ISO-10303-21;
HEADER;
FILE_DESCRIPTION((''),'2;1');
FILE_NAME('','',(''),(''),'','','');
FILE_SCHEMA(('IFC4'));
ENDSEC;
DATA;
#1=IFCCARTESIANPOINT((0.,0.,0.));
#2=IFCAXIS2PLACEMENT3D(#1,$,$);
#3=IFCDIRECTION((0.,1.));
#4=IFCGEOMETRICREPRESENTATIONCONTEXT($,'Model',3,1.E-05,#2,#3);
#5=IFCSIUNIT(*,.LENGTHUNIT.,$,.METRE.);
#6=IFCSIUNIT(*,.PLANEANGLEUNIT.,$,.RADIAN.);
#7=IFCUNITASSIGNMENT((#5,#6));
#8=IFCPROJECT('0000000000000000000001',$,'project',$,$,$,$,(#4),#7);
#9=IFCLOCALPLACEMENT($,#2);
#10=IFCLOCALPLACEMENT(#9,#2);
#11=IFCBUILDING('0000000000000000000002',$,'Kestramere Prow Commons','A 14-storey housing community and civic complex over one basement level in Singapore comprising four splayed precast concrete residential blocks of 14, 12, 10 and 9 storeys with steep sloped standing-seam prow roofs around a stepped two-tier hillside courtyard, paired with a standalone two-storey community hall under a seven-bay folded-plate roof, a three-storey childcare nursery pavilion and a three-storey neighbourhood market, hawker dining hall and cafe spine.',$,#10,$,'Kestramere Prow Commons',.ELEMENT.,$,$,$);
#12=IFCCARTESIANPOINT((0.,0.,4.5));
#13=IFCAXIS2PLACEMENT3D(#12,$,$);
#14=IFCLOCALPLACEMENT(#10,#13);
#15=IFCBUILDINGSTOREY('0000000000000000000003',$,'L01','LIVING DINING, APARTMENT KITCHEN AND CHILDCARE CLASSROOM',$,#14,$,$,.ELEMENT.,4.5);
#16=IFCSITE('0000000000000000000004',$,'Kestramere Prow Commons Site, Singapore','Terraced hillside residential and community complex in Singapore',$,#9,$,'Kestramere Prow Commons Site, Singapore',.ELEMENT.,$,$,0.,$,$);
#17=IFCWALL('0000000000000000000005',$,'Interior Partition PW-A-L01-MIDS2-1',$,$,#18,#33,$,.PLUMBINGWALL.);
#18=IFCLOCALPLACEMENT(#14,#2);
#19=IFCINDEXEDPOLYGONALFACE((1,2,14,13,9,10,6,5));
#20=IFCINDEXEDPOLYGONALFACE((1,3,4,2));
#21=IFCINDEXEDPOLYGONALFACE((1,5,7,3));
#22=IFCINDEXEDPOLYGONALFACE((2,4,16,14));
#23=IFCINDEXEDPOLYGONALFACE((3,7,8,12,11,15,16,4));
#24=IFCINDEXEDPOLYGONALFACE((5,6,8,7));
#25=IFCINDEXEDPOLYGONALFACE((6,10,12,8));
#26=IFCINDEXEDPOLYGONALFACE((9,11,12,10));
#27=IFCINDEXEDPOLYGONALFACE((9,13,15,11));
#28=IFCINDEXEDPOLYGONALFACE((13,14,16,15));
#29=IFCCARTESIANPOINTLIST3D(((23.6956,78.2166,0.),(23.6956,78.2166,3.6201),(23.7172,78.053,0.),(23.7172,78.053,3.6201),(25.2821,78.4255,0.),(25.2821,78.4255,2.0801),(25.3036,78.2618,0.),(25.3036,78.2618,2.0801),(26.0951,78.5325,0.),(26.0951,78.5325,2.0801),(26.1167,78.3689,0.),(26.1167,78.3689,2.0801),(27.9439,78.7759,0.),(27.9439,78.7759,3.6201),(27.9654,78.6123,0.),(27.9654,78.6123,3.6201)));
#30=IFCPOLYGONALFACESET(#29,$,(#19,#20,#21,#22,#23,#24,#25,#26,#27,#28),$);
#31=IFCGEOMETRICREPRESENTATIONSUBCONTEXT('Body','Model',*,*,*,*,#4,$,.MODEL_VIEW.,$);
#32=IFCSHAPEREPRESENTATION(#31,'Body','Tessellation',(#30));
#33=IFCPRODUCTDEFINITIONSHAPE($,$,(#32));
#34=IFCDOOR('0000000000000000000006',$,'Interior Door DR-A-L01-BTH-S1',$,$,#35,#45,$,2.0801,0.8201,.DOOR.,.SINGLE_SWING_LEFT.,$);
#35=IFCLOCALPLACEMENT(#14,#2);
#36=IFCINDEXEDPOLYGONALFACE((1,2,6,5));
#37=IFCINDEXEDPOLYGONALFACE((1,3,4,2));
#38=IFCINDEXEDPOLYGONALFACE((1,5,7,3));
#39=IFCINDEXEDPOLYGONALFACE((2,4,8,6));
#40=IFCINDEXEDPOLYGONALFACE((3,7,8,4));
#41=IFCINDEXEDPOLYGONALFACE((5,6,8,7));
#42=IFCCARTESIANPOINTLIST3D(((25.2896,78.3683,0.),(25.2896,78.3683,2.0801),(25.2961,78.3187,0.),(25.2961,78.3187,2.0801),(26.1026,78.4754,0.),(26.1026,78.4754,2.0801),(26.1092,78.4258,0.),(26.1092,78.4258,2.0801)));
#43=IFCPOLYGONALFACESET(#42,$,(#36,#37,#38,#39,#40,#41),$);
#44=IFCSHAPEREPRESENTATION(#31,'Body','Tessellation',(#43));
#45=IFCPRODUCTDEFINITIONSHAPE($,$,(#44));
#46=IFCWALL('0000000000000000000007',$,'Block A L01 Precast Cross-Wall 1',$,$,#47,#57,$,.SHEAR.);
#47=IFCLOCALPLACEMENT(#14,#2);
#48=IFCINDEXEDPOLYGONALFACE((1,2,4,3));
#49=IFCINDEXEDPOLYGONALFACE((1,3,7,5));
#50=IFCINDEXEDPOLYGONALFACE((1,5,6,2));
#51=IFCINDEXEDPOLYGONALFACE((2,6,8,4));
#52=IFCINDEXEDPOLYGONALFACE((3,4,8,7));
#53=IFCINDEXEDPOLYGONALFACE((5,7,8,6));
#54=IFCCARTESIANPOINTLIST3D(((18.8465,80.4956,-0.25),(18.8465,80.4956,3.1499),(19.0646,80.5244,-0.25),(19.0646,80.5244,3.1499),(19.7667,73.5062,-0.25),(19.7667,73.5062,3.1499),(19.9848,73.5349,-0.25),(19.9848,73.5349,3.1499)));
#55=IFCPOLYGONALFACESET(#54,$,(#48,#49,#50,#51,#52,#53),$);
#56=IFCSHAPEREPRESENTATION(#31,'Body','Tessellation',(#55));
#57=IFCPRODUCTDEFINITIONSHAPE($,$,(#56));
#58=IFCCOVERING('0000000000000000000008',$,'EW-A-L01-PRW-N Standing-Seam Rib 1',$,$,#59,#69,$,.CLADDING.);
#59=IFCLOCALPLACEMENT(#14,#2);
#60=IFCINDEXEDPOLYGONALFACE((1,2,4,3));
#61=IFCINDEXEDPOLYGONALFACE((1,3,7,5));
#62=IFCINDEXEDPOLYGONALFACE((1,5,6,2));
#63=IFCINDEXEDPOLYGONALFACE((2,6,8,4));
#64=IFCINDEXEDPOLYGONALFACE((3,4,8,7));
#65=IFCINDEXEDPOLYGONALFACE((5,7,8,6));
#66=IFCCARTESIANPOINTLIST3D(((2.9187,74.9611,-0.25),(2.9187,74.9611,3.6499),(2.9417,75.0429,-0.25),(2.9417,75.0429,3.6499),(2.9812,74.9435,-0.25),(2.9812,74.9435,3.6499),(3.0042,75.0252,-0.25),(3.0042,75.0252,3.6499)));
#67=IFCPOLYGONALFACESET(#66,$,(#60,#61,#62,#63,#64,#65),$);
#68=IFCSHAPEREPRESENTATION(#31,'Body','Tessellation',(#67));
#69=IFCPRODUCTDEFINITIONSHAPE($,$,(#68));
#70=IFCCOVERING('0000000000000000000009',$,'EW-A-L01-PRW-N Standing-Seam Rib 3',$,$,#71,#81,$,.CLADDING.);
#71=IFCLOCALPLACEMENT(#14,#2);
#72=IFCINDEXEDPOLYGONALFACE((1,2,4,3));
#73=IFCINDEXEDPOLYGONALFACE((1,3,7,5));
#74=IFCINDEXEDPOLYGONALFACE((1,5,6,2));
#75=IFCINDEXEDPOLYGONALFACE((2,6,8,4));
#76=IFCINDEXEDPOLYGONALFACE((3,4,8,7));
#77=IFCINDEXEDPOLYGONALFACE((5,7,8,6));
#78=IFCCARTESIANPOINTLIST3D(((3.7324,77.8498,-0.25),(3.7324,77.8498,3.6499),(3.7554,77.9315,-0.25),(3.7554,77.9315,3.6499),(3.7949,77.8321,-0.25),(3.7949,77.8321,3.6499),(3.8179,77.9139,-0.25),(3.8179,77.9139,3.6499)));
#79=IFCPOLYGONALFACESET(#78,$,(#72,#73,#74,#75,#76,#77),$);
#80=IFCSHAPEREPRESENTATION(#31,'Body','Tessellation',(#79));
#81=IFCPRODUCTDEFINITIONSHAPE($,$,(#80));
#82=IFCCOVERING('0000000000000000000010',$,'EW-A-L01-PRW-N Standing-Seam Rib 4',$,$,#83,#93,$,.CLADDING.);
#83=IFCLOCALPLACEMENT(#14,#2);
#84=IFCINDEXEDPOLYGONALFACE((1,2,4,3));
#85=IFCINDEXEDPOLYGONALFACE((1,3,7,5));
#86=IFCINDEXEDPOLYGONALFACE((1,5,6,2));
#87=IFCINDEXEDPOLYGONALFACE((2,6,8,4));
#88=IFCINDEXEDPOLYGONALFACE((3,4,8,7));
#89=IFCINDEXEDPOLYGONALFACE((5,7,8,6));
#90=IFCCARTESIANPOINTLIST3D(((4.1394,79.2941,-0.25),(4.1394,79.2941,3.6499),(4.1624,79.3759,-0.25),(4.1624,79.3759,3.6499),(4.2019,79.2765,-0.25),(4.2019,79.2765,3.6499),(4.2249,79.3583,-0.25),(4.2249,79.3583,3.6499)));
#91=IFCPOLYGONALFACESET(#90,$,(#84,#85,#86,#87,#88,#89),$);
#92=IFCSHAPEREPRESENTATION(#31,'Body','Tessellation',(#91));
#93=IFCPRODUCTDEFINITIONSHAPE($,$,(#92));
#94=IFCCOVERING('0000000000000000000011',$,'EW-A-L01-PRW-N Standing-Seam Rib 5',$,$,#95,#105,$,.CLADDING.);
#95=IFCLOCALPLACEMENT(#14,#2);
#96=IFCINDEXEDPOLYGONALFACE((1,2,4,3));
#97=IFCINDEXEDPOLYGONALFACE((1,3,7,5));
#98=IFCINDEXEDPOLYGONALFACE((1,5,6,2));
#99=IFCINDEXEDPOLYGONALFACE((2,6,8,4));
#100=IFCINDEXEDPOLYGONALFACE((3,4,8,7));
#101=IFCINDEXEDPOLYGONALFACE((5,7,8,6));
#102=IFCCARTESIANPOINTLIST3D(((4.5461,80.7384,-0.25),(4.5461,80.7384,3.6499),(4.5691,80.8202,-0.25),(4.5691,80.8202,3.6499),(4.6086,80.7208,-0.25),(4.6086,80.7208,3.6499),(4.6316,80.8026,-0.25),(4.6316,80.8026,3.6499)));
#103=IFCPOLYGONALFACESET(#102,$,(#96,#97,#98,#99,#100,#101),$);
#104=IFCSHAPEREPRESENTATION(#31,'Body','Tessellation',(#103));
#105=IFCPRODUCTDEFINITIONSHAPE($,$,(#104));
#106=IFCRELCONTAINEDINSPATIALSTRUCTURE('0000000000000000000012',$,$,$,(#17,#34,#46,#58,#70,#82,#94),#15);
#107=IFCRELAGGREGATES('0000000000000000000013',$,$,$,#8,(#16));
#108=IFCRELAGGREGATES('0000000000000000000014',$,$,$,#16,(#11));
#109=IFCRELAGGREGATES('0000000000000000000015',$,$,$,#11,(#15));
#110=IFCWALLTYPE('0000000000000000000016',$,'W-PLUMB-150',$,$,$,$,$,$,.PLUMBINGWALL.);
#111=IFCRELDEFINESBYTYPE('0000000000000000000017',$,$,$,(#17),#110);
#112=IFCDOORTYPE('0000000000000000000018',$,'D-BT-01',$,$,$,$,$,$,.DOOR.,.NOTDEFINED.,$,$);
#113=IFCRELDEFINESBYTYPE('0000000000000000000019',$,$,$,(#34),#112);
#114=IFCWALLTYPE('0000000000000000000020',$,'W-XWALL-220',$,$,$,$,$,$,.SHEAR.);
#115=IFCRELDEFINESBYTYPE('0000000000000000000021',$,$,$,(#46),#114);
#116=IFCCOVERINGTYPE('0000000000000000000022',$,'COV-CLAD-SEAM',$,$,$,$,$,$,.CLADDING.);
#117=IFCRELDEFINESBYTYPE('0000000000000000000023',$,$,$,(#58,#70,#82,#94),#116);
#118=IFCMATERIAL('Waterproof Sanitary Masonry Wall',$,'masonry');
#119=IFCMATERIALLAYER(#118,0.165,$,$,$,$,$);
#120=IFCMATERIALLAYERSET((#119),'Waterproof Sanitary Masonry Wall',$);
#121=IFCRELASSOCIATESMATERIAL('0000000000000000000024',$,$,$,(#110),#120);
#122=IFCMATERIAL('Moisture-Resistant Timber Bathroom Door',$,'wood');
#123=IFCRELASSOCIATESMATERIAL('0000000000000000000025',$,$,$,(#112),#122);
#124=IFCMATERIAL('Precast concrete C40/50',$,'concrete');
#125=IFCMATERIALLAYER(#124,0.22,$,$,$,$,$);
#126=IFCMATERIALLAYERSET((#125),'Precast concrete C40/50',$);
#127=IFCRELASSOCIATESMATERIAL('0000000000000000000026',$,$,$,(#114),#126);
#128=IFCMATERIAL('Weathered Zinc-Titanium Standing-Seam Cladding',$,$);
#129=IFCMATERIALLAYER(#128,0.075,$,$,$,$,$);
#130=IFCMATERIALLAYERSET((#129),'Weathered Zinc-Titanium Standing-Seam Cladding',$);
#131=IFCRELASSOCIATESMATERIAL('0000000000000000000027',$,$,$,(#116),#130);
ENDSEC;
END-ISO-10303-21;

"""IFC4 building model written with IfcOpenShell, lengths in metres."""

from ifc_helpers import new_model, si_unit, direction, frame, frame_2d, origin, origin_2d, place, context, subcontext, project, spatial, rectangle, extrude, material, layer, layer_set, type_object, element, fill, save


model = new_model("IFC4")

# Units and contexts
model_context = context("Model", 3, precision=1e-05, world=origin(), true_north=direction((0.0, 1.0)))
body_context = subcontext(model_context, "Body", "Model", "MODEL_VIEW")
ifc_project = project(units=[si_unit("LENGTHUNIT", "METRE"), si_unit("PLANEANGLEUNIT", "RADIAN")], contexts=[model_context])

# Site, building, storey
site_placement = place(None, origin())
site = spatial("IfcSite", under=ifc_project, at=site_placement, Name="Kestramere Prow Commons Site, Singapore", Description="Terraced hillside residential and community complex in Singapore", LongName="Kestramere Prow Commons Site, Singapore", CompositionType="ELEMENT", RefElevation=0.0)
building_placement = place(site_placement, origin())
building = spatial("IfcBuilding", under=site, at=building_placement, Name="Kestramere Prow Commons", Description="A 14-storey housing community and civic complex over one basement level in Singapore comprising four splayed precast concrete residential blocks of 14, 12, 10 and 9 storeys with steep sloped standing-seam prow roofs around a stepped two-tier hillside courtyard, paired with a standalone two-storey community hall under a seven-bay folded-plate roof, a three-storey childcare nursery pavilion and a three-storey neighbourhood market, hawker dining hall and cafe spine.", LongName="Kestramere Prow Commons", CompositionType="ELEMENT")
storey_placement = place(building_placement, frame((0.0, 0.0, 4.5)))
storey = spatial("IfcBuildingStorey", under=building, at=storey_placement, Name="L01", Description="LIVING DINING, APARTMENT KITCHEN AND CHILDCARE CLASSROOM", CompositionType="ELEMENT", Elevation=4.5)

# Shared definitions
ifc_material_1 = material(Name="Precast concrete C40/50", Category="concrete")

# Shared definitions
ifc_material_2 = material(Name="Waterproof Sanitary Masonry Wall", Category="masonry")
ifc_layer_1 = layer(ifc_material_2, 0.165)
ifc_layer_set_1 = layer_set([ifc_layer_1], Name="Waterproof Sanitary Masonry Wall")
wall_type_1 = type_object("IfcWallType", Name="W-PLUMB-150", PredefinedType="PLUMBINGWALL", material=ifc_layer_set_1)
ifc_material_3 = material(Name="Moisture-Resistant Timber Bathroom Door", Category="wood")
door_type_1 = type_object("IfcDoorType", Name="D-BT-01", OperationType="NOTDEFINED", PredefinedType="DOOR", material=ifc_material_3)

# Wall, opening, door
wall_1_placement = place(storey_placement, frame((23.7063, 78.1348, 0.0), z_axis=(0.0, 0.0, 1.0), x_axis=(0.991444, 0.130533, 0.0)))
wall_1 = element("IfcWall", 1, at=wall_1_placement, inside=storey, type_object=wall_type_1, Name="Interior Partition PW-A-L01-MIDS2-1", PredefinedType="PLUMBINGWALL", context=body_context, shape_type="SweptSolid", body=[
    extrude(rectangle(XDim=4.2849, YDim=0.165, at=frame_2d((2.1426, 0.0))), origin(), (0.0, 0.0, 1.0), 3.6201),
])
opening_1_placement = place(wall_1_placement, frame((1.6001, 0.0, 0.0)))
opening_1 = element("IfcOpeningElement", 2, at=opening_1_placement, cuts=wall_1, PredefinedType="OPENING", context=body_context, shape_type="SweptSolid", body=[
    extrude(rectangle(XDim=0.8201, YDim=2.0801, at=frame_2d((0.4102, 1.04))), frame((0.0, 0.0974, 0.0), z_axis=(0.0, -1.0, 0.0), x_axis=(1.0, 0.0, 0.0)), (0.0, 0.0, 1.0), 0.1951),
])
door_1_placement = place(opening_1_placement, origin())
door_1 = element("IfcDoor", 3, at=door_1_placement, inside=storey, type_object=door_type_1, Name="Interior Door DR-A-L01-BTH-S1", OperationType="SINGLE_SWING_LEFT", OverallHeight=2.0801, OverallWidth=0.8201, PredefinedType="DOOR", context=body_context, shape_type="SweptSolid", body=[
    extrude(rectangle(XDim=0.8201, YDim=2.0801, at=frame_2d((0.4102, 1.04))), frame((0.0, 0.0249, 0.0), z_axis=(0.0, -1.0, 0.0), x_axis=(1.0, 0.0, 0.0)), (0.0, 0.0, 1.0), 0.05),
])
fill(opening_1, door_1)

# Wall
ifc_layer_2 = layer(ifc_material_1, 0.22)
ifc_layer_set_2 = layer_set([ifc_layer_2], Name="Precast concrete C40/50")
wall_type_2 = type_object("IfcWallType", Name="W-XWALL-220", PredefinedType="SHEAR", material=ifc_layer_set_2)
wall_2_placement = place(storey_placement, frame((19.8757, 73.5205, -0.25), z_axis=(0.0, 0.0, 1.0), x_axis=(-0.130523, 0.991445, 0.0)))
element("IfcWall", 4, at=wall_2_placement, inside=storey, type_object=wall_type_2, Name="Block A L01 Precast Cross-Wall 1", PredefinedType="SHEAR", context=body_context, shape_type="SweptSolid", body=[
    extrude(rectangle(XDim=7.0498, YDim=0.22, at=frame_2d((3.5249, 0.0))), origin(), (0.0, 0.0, 1.0), 3.3999),
])

# Coverings
ifc_material_4 = material(Name="Weathered Zinc-Titanium Standing-Seam Cladding")
ifc_layer_3 = layer(ifc_material_4, 0.075)
ifc_layer_set_3 = layer_set([ifc_layer_3], Name="Weathered Zinc-Titanium Standing-Seam Cladding")
covering_type = type_object("IfcCoveringType", Name="COV-CLAD-SEAM", PredefinedType="CLADDING", material=ifc_layer_set_3)
for number, where, z_axis, x_axis, name in (
    (5, (2.9614, 74.9932, -0.25), (0.0, 0.0, 1.0), (0.27116, 0.962534, 0.0), "EW-A-L01-PRW-N Standing-Seam Rib 1"),
    (6, (3.7751, 77.8818, -0.25), (0.0, 0.0, 1.0), (0.27116, 0.962534, 0.0), "EW-A-L01-PRW-N Standing-Seam Rib 3"),
    (7, (4.1821, 79.3262, -0.25), (0.0, 0.0, 1.0), (0.27116, 0.962534, 0.0), "EW-A-L01-PRW-N Standing-Seam Rib 4"),
    (8, (4.5889, 80.7705, -0.25), (0.0, 0.0, 1.0), (0.27116, 0.962534, 0.0), "EW-A-L01-PRW-N Standing-Seam Rib 5"),
):
    element("IfcCovering", number, at=place(storey_placement, frame(where, z_axis=z_axis, x_axis=x_axis)), inside=storey, type_object=covering_type, Name=name, PredefinedType="CLADDING", context=body_context, shape_type="SweptSolid", body=[
        extrude(rectangle(XDim=0.085, YDim=0.0649, at=origin_2d()), origin(), (0.0, 0.0, 1.0), 3.8999),
    ])

save(model, "model.ifc")
